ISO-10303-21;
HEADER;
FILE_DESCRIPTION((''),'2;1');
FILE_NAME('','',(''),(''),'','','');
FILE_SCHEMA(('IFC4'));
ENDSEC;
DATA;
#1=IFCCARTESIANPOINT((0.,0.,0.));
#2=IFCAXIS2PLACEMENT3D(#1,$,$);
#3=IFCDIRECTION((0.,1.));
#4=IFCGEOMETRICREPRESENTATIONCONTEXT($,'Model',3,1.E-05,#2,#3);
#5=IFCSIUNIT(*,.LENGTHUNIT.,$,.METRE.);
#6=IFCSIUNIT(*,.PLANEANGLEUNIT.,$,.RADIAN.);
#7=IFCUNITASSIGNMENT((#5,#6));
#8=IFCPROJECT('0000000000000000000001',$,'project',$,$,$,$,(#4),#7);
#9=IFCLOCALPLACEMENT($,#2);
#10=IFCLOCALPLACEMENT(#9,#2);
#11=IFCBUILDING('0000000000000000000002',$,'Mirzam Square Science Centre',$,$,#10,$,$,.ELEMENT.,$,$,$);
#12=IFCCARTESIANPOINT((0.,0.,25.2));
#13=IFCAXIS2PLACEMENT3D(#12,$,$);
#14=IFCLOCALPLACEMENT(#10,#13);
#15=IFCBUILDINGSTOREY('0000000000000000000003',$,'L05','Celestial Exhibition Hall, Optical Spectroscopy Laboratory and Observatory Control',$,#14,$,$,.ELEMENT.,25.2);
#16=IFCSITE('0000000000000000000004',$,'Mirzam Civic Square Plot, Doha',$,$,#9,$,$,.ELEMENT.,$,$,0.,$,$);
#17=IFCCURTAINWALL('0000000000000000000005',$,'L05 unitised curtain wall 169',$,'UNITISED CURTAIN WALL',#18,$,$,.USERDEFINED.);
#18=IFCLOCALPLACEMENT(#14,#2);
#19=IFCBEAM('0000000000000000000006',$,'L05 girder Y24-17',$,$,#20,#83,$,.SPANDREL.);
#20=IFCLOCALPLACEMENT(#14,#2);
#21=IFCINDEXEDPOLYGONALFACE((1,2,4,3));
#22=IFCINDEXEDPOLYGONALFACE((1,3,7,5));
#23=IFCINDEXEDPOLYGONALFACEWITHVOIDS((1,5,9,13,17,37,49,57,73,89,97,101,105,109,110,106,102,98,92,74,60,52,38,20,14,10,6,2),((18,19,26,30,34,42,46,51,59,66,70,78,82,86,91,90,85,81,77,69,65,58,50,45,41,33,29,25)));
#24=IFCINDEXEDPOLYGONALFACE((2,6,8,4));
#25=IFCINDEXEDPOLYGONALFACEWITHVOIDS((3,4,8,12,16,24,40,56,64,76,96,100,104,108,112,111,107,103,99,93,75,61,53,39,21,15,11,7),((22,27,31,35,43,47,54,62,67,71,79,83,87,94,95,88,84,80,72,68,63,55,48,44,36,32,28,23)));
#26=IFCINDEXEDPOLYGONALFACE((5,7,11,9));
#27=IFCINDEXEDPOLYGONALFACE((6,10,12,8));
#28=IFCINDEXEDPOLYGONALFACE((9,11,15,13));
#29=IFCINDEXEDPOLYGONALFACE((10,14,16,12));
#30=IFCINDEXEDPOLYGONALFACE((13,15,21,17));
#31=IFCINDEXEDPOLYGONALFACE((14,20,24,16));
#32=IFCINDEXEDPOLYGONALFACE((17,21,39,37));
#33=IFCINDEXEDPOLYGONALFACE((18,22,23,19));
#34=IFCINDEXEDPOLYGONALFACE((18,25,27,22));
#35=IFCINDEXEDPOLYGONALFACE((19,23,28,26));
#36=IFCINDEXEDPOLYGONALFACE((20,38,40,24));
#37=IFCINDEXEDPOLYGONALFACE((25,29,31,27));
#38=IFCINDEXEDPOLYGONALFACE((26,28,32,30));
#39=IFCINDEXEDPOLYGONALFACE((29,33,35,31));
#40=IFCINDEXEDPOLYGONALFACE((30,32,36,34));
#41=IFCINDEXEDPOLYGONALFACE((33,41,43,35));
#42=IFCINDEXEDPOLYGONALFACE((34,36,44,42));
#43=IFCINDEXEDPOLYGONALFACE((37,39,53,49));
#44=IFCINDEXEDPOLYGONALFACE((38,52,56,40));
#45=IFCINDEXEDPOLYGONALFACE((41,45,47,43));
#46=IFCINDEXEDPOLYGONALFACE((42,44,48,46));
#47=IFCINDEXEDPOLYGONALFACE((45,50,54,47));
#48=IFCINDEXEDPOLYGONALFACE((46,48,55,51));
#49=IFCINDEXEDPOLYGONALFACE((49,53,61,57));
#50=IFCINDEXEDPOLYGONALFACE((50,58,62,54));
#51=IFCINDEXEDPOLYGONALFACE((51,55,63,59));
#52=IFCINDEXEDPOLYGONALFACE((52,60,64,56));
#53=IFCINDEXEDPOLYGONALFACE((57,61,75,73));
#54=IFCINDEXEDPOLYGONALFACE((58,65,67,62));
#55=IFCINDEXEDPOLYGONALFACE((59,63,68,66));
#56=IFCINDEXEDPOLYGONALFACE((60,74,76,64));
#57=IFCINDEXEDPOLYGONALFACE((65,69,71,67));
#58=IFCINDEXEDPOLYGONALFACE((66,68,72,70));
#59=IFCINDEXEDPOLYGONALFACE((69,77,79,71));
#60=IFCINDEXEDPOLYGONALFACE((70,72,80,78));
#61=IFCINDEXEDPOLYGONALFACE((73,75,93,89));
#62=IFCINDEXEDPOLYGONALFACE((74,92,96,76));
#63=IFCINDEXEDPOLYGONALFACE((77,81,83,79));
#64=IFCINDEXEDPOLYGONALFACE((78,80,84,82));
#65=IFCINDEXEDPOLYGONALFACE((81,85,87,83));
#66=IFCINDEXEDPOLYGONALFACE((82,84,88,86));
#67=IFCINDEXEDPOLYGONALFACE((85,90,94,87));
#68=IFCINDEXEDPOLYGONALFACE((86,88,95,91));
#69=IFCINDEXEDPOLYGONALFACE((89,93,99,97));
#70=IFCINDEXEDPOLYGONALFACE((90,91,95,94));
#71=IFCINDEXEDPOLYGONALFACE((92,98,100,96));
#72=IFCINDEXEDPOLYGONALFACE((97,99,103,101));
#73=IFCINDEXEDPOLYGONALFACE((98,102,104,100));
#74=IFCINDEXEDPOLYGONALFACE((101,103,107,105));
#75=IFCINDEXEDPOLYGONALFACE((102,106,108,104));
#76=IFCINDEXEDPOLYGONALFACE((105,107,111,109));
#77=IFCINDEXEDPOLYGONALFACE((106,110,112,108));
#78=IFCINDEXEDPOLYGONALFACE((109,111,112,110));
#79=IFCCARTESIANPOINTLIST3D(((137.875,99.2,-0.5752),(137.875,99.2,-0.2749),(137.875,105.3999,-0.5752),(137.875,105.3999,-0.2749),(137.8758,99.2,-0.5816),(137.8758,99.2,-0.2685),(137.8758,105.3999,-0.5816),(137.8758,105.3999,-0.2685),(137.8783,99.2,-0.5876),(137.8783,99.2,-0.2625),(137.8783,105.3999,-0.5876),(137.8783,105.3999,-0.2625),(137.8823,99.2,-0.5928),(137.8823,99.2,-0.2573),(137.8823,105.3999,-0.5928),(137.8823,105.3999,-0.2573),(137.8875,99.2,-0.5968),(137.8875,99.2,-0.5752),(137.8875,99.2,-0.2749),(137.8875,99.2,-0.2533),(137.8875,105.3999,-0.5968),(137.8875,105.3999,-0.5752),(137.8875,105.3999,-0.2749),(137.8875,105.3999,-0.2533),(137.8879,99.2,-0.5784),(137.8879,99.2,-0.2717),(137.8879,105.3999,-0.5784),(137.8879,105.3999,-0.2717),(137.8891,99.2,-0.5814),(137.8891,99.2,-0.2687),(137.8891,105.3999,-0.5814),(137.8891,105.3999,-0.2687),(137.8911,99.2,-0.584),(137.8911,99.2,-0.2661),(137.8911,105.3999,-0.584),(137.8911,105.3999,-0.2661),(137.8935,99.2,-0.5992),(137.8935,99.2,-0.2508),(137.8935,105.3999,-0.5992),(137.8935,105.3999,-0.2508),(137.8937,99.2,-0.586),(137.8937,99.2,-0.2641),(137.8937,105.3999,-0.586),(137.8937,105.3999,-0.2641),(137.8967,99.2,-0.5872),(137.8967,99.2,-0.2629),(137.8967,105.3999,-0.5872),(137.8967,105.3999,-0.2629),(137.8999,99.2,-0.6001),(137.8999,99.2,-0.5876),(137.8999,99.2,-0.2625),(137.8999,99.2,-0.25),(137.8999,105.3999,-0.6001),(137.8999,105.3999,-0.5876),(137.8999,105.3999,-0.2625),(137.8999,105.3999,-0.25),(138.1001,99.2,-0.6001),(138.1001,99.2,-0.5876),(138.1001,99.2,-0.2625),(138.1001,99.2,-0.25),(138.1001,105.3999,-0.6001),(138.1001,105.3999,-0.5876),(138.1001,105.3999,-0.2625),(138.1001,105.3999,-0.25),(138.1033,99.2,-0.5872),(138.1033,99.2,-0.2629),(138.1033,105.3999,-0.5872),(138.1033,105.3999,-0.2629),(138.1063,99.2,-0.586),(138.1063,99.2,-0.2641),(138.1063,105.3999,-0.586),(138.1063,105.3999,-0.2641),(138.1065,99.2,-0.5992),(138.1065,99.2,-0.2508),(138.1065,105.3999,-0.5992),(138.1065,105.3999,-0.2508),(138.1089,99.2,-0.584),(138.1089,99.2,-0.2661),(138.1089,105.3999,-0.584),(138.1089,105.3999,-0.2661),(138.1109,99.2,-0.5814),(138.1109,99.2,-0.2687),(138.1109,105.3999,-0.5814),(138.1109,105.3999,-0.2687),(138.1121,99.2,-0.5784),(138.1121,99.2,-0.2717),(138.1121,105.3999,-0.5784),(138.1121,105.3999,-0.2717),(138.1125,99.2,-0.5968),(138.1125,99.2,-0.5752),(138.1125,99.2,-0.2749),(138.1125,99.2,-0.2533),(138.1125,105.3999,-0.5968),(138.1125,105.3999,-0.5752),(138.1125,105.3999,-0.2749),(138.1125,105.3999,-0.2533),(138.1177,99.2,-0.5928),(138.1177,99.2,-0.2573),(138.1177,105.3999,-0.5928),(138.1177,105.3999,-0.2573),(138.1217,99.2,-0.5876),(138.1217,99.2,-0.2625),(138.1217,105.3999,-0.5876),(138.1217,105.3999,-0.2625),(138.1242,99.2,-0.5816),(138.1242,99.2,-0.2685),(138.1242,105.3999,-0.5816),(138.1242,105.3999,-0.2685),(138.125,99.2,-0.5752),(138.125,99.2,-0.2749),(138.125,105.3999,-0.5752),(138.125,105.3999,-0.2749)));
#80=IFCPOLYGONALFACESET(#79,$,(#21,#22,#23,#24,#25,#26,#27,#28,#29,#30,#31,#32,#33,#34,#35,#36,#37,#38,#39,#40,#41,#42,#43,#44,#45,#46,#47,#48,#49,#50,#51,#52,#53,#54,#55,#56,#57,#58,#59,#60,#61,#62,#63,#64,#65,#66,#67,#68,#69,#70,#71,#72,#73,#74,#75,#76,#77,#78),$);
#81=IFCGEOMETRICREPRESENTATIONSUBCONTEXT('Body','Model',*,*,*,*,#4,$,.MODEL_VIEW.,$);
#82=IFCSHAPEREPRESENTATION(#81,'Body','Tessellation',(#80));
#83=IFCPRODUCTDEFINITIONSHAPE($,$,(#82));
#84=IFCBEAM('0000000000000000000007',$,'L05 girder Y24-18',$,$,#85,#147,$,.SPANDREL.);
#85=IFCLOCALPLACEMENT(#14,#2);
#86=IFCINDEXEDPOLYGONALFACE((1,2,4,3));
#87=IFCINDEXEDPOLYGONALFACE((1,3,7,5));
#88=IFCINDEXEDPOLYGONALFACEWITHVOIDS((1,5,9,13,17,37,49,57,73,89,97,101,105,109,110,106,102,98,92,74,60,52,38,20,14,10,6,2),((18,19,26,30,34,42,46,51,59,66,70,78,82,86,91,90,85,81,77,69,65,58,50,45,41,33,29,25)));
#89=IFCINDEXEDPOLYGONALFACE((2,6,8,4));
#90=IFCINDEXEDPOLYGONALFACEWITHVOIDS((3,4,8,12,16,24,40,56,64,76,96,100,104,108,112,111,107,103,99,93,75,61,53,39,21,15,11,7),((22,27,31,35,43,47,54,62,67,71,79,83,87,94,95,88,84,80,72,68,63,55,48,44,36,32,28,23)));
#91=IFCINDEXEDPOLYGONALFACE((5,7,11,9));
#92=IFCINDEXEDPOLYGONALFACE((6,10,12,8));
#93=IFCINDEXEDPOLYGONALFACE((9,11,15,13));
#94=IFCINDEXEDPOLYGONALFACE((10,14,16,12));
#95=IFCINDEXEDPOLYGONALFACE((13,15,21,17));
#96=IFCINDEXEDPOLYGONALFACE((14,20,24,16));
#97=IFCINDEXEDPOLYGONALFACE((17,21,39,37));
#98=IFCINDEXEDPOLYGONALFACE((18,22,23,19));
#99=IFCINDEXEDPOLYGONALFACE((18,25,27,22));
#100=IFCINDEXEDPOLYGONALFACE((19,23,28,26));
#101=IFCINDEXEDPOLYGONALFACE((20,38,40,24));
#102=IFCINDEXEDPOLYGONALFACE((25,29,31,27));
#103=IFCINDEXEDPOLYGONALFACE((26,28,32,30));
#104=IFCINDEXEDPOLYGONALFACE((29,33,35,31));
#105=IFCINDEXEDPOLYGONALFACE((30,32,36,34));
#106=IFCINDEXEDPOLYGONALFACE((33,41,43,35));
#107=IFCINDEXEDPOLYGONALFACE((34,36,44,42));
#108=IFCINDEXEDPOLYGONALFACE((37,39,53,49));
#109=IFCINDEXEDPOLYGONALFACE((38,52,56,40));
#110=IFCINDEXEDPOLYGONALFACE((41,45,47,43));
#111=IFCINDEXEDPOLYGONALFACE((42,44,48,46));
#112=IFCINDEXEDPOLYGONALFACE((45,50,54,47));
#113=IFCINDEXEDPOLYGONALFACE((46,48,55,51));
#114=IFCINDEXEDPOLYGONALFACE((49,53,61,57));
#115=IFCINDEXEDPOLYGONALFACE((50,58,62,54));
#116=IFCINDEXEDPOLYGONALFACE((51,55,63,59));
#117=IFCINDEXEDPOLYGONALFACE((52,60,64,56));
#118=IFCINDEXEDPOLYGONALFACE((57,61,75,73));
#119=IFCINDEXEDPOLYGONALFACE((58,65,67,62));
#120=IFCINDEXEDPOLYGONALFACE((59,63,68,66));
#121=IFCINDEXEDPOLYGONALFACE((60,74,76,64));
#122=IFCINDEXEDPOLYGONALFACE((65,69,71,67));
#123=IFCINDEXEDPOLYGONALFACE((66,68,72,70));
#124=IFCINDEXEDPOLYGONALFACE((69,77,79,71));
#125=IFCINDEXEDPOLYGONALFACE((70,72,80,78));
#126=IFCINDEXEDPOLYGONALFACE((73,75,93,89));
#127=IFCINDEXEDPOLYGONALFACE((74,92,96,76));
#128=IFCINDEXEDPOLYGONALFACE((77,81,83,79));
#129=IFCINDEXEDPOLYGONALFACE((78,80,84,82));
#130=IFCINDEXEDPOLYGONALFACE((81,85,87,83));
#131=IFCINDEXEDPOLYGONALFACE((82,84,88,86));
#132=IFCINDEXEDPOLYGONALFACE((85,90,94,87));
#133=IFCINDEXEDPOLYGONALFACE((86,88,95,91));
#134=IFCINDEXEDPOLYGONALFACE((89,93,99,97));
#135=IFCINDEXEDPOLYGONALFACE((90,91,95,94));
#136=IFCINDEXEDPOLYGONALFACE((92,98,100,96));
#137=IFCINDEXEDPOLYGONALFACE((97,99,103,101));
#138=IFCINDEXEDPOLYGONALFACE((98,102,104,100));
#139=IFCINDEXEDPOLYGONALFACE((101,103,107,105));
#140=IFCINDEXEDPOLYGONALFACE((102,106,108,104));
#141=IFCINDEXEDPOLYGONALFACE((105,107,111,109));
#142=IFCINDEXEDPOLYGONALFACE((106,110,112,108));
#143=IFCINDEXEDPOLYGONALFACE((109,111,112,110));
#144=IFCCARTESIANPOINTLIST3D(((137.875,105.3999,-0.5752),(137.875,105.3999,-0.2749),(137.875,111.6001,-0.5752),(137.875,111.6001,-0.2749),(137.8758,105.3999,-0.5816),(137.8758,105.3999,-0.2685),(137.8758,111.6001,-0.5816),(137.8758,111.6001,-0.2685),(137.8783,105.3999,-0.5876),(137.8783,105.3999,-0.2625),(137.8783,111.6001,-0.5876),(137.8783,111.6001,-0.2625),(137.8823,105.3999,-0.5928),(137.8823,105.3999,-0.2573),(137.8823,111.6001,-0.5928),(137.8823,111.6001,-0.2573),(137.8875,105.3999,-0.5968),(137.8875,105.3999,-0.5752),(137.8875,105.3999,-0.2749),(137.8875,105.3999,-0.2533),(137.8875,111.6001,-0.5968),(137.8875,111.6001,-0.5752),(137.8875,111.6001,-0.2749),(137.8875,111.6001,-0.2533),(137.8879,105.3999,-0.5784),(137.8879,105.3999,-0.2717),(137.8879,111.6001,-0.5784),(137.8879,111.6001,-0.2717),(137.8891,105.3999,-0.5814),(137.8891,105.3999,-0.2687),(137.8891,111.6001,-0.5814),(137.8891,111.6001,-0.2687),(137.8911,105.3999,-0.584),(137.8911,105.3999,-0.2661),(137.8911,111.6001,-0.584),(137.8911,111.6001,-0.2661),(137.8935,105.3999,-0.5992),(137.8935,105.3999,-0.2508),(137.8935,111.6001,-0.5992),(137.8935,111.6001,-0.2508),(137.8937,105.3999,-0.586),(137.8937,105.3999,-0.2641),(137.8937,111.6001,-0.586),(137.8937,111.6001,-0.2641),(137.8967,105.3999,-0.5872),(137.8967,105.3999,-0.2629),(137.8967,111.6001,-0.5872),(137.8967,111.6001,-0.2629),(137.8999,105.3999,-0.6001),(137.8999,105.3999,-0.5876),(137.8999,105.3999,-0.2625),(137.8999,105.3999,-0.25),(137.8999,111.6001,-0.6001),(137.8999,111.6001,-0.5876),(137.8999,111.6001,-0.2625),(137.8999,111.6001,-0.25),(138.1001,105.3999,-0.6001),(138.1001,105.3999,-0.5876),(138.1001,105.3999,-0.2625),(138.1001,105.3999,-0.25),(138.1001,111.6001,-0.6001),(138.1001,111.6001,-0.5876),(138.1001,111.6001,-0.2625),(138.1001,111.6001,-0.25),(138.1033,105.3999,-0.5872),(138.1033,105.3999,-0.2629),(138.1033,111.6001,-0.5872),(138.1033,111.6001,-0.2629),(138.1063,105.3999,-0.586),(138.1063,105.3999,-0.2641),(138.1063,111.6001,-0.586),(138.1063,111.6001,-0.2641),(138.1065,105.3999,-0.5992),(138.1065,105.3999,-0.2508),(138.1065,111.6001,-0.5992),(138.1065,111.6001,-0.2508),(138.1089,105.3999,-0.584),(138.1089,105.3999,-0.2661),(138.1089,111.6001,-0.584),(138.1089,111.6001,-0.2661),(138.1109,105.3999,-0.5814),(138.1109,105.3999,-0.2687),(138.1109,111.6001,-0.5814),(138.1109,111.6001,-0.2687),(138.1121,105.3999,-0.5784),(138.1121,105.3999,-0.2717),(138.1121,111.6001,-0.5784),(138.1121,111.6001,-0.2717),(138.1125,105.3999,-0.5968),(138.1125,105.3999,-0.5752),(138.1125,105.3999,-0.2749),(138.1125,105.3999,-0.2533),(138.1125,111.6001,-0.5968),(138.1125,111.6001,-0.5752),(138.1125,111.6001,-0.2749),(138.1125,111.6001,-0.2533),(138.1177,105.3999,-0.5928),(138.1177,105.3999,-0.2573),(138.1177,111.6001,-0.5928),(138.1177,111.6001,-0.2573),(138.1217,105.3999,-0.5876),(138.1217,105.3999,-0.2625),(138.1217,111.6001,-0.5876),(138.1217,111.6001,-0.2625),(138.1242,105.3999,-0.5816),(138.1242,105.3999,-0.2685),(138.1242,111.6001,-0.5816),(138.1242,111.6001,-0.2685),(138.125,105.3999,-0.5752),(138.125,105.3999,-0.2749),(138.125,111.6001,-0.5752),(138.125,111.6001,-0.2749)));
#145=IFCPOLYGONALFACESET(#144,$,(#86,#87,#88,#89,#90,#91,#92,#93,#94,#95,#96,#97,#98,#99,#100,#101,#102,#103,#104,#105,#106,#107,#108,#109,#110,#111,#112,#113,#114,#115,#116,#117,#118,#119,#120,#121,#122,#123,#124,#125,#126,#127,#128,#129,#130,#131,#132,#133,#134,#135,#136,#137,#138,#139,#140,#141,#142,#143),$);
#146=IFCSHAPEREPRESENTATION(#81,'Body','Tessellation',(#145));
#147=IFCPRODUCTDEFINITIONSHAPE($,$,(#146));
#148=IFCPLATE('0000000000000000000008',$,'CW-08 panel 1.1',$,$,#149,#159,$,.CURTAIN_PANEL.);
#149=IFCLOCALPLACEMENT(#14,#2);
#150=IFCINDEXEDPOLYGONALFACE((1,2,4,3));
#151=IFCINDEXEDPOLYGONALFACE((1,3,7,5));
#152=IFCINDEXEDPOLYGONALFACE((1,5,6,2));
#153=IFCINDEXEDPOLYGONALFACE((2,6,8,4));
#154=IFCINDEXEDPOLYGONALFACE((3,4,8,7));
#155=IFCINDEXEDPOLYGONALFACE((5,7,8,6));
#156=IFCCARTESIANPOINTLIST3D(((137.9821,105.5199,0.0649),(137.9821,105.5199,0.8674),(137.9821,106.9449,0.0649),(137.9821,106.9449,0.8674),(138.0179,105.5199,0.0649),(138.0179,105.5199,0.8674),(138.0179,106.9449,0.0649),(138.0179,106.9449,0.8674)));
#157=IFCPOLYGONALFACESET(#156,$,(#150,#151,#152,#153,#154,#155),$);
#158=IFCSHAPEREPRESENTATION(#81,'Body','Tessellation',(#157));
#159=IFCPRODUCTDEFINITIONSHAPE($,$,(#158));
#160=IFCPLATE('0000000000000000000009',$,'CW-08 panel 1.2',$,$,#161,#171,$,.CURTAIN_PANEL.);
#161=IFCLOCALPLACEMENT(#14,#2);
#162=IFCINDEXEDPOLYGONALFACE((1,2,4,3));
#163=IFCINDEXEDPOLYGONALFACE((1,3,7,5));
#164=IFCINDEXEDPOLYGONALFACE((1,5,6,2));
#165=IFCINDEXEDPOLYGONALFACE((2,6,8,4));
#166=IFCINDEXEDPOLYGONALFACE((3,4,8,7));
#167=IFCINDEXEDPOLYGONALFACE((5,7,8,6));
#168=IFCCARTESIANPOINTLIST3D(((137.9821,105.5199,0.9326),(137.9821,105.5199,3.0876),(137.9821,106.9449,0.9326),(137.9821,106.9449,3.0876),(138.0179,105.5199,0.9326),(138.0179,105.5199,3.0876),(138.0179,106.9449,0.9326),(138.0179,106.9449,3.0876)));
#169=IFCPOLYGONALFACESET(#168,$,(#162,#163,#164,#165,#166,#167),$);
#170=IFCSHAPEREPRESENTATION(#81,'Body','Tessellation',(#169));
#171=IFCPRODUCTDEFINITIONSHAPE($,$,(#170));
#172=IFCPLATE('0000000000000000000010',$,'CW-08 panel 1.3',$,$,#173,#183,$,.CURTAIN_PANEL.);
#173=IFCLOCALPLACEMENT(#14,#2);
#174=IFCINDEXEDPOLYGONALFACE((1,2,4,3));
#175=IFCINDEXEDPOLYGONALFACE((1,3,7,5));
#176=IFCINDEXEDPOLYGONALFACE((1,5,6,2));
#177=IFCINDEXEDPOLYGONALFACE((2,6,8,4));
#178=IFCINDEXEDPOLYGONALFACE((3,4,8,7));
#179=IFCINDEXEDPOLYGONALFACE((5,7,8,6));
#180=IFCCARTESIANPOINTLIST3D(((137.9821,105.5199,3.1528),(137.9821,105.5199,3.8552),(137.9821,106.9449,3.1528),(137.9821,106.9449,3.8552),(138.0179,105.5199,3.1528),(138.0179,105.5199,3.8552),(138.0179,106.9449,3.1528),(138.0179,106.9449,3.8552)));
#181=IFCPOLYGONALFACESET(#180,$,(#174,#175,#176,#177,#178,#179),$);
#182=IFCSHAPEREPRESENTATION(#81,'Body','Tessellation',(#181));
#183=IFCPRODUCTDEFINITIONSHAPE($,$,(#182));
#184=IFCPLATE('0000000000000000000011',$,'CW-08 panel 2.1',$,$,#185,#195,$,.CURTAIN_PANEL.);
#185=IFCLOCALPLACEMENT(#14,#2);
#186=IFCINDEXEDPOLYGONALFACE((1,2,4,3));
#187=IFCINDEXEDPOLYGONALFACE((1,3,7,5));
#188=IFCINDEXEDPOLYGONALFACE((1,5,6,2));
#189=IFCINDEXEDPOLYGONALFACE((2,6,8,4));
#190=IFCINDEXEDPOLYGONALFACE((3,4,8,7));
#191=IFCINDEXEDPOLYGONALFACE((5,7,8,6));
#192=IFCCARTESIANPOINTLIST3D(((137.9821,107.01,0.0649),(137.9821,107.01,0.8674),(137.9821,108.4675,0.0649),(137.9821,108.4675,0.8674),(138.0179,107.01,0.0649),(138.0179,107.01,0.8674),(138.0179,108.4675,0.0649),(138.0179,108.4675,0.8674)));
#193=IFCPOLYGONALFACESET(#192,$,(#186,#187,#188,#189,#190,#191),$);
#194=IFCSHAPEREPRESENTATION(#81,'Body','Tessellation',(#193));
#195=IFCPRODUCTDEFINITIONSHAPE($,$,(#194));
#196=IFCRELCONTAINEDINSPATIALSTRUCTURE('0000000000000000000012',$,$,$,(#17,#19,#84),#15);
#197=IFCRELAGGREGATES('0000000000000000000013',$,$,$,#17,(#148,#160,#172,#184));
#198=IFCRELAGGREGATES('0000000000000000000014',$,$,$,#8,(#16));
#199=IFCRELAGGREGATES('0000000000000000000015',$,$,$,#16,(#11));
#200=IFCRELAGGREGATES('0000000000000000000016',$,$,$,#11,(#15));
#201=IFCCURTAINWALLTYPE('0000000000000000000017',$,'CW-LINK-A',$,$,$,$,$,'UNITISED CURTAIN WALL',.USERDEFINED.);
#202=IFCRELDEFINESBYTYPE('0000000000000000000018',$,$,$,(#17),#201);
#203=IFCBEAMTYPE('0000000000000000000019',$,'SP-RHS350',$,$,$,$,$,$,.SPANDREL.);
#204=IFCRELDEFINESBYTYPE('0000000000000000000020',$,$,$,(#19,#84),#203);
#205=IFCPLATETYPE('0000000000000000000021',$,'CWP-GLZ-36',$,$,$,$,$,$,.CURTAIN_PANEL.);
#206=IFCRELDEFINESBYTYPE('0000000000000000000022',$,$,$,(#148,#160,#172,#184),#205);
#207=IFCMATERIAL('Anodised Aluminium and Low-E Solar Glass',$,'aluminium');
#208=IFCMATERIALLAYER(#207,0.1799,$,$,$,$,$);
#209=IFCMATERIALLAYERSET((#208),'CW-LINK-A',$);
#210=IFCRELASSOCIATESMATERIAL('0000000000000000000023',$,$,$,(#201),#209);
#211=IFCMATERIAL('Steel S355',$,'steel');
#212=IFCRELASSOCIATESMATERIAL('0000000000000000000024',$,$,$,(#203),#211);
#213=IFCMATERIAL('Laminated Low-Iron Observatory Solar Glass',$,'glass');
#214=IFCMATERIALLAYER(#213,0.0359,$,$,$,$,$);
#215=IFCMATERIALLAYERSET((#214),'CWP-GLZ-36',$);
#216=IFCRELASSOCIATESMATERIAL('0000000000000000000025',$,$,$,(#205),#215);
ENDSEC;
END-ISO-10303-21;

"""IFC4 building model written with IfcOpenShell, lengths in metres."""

from ifc_helpers import new_model, si_unit, direction, frame, origin, origin_2d, place, context, subcontext, project, spatial, rectangle, hollow_rectangle, extrude, material, layer, layer_set, material_profile, profile_set, type_object, element, aggregate, save


model = new_model("IFC4")

# Units and contexts
model_context = context("Model", 3, precision=1e-05, world=origin(), true_north=direction((0.0, 1.0)))
body_context = subcontext(model_context, "Body", "Model", "MODEL_VIEW")
ifc_project = project(units=[si_unit("LENGTHUNIT", "METRE"), si_unit("PLANEANGLEUNIT", "RADIAN")], contexts=[model_context])

# Site, building, storey
site_placement = place(None, origin())
site = spatial("IfcSite", under=ifc_project, at=site_placement, Name="Mirzam Civic Square Plot, Doha", CompositionType="ELEMENT", RefElevation=0.0)
building_placement = place(site_placement, origin())
building = spatial("IfcBuilding", under=site, at=building_placement, Name="Mirzam Square Science Centre", CompositionType="ELEMENT")
storey_placement = place(building_placement, frame((0.0, 0.0, 25.2)))
storey = spatial("IfcBuildingStorey", under=building, at=storey_placement, Name="L05", Description="Celestial Exhibition Hall, Optical Spectroscopy Laboratory and Observatory Control", CompositionType="ELEMENT", Elevation=25.2)

# Shared definitions
ifc_material_1 = material(Name="Steel S355", Category="steel")

# Curtain wall
ifc_material_2 = material(Name="Anodised Aluminium and Low-E Solar Glass", Category="aluminium")
ifc_layer_1 = layer(ifc_material_2, 0.1799)
ifc_layer_set_1 = layer_set([ifc_layer_1], Name="CW-LINK-A")
curtain_wall_type = type_object("IfcCurtainWallType", Name="CW-LINK-A", ElementType="UNITISED CURTAIN WALL", PredefinedType="USERDEFINED", material=ifc_layer_set_1)
curtain_wall_placement = place(storey_placement, origin())
curtain_wall = element("IfcCurtainWall", 1, at=curtain_wall_placement, inside=storey, type_object=curtain_wall_type, Name="L05 unitised curtain wall 169", ObjectType="UNITISED CURTAIN WALL", PredefinedType="USERDEFINED")

# Beams
ifc_material_profile_1 = material_profile(ifc_material_1, hollow_rectangle(XDim=0.25, YDim=0.3501, WallThickness=0.0125, InnerFilletRadius=0.0125, OuterFilletRadius=0.0249, at=origin_2d()), Name="350x250x12.5RHS")
ifc_profile_set_1 = profile_set([ifc_material_profile_1], Name="Steel S355")
beam_type_1 = type_object("IfcBeamType", Name="SP-RHS350", PredefinedType="SPANDREL", material=ifc_profile_set_1)
beam_1_placement = place(storey_placement, frame((138.0, 99.2, -0.425), z_axis=(0.0, 1.0, 0.0), x_axis=(-1.0, 0.0, 0.0)))
element("IfcBeam", 2, at=beam_1_placement, inside=storey, type_object=beam_type_1, Name="L05 girder Y24-17", PredefinedType="SPANDREL", context=body_context, shape_type="SweptSolid", body=[
    extrude(hollow_rectangle(XDim=0.25, YDim=0.3501, WallThickness=0.0125, InnerFilletRadius=0.0125, OuterFilletRadius=0.0249, at=origin_2d()), origin(), (0.0, 0.0, 1.0), 6.2),
])
beam_2_placement = place(storey_placement, frame((138.0, 105.3999, -0.425), z_axis=(0.0, 1.0, 0.0), x_axis=(-1.0, 0.0, 0.0)))
element("IfcBeam", 3, at=beam_2_placement, inside=storey, type_object=beam_type_1, Name="L05 girder Y24-18", PredefinedType="SPANDREL", context=body_context, shape_type="SweptSolid", body=[
    extrude(hollow_rectangle(XDim=0.25, YDim=0.3501, WallThickness=0.0125, InnerFilletRadius=0.0125, OuterFilletRadius=0.0249, at=origin_2d()), origin(), (0.0, 0.0, 1.0), 6.2002),
])

# Plates
ifc_material_3 = material(Name="Laminated Low-Iron Observatory Solar Glass", Category="glass")
ifc_layer_2 = layer(ifc_material_3, 0.0359)
ifc_layer_set_2 = layer_set([ifc_layer_2], Name="CWP-GLZ-36")
plate_type = type_object("IfcPlateType", Name="CWP-GLZ-36", PredefinedType="CURTAIN_PANEL", material=ifc_layer_set_2)
plate_1_placement = place(storey_placement, frame((138.0, 106.2324, 0.0649), z_axis=(0.0, 0.0, 1.0), x_axis=(0.0, 1.0, 0.0)))
plate_1 = element("IfcPlate", 4, at=plate_1_placement, type_object=plate_type, Name="CW-08 panel 1.1", PredefinedType="CURTAIN_PANEL", context=body_context, shape_type="SweptSolid", body=[
    extrude(rectangle(XDim=1.425, YDim=0.0359, at=origin_2d()), origin(), (0.0, 0.0, 1.0), 0.8025),
])
plate_2_placement = place(storey_placement, frame((138.0, 106.2324, 0.9326), z_axis=(0.0, 0.0, 1.0), x_axis=(0.0, 1.0, 0.0)))
plate_2 = element("IfcPlate", 5, at=plate_2_placement, type_object=plate_type, Name="CW-08 panel 1.2", PredefinedType="CURTAIN_PANEL", context=body_context, shape_type="SweptSolid", body=[
    extrude(rectangle(XDim=1.425, YDim=0.0359, at=origin_2d()), origin(), (0.0, 0.0, 1.0), 2.155),
])
plate_3_placement = place(storey_placement, frame((138.0, 106.2324, 3.1528), z_axis=(0.0, 0.0, 1.0), x_axis=(0.0, 1.0, 0.0)))
plate_3 = element("IfcPlate", 6, at=plate_3_placement, type_object=plate_type, Name="CW-08 panel 1.3", PredefinedType="CURTAIN_PANEL", context=body_context, shape_type="SweptSolid", body=[
    extrude(rectangle(XDim=1.425, YDim=0.0359, at=origin_2d()), origin(), (0.0, 0.0, 1.0), 0.7024),
])
plate_4_placement = place(storey_placement, frame((138.0, 107.7388, 0.0649), z_axis=(0.0, 0.0, 1.0), x_axis=(0.0, 1.0, 0.0)))
plate_4 = element("IfcPlate", 7, at=plate_4_placement, type_object=plate_type, Name="CW-08 panel 2.1", PredefinedType="CURTAIN_PANEL", context=body_context, shape_type="SweptSolid", body=[
    extrude(rectangle(XDim=1.4575, YDim=0.0359, at=origin_2d()), origin(), (0.0, 0.0, 1.0), 0.8025),
])
aggregate(curtain_wall, [plate_1, plate_2, plate_3, plate_4])

save(model, "model.ifc")
